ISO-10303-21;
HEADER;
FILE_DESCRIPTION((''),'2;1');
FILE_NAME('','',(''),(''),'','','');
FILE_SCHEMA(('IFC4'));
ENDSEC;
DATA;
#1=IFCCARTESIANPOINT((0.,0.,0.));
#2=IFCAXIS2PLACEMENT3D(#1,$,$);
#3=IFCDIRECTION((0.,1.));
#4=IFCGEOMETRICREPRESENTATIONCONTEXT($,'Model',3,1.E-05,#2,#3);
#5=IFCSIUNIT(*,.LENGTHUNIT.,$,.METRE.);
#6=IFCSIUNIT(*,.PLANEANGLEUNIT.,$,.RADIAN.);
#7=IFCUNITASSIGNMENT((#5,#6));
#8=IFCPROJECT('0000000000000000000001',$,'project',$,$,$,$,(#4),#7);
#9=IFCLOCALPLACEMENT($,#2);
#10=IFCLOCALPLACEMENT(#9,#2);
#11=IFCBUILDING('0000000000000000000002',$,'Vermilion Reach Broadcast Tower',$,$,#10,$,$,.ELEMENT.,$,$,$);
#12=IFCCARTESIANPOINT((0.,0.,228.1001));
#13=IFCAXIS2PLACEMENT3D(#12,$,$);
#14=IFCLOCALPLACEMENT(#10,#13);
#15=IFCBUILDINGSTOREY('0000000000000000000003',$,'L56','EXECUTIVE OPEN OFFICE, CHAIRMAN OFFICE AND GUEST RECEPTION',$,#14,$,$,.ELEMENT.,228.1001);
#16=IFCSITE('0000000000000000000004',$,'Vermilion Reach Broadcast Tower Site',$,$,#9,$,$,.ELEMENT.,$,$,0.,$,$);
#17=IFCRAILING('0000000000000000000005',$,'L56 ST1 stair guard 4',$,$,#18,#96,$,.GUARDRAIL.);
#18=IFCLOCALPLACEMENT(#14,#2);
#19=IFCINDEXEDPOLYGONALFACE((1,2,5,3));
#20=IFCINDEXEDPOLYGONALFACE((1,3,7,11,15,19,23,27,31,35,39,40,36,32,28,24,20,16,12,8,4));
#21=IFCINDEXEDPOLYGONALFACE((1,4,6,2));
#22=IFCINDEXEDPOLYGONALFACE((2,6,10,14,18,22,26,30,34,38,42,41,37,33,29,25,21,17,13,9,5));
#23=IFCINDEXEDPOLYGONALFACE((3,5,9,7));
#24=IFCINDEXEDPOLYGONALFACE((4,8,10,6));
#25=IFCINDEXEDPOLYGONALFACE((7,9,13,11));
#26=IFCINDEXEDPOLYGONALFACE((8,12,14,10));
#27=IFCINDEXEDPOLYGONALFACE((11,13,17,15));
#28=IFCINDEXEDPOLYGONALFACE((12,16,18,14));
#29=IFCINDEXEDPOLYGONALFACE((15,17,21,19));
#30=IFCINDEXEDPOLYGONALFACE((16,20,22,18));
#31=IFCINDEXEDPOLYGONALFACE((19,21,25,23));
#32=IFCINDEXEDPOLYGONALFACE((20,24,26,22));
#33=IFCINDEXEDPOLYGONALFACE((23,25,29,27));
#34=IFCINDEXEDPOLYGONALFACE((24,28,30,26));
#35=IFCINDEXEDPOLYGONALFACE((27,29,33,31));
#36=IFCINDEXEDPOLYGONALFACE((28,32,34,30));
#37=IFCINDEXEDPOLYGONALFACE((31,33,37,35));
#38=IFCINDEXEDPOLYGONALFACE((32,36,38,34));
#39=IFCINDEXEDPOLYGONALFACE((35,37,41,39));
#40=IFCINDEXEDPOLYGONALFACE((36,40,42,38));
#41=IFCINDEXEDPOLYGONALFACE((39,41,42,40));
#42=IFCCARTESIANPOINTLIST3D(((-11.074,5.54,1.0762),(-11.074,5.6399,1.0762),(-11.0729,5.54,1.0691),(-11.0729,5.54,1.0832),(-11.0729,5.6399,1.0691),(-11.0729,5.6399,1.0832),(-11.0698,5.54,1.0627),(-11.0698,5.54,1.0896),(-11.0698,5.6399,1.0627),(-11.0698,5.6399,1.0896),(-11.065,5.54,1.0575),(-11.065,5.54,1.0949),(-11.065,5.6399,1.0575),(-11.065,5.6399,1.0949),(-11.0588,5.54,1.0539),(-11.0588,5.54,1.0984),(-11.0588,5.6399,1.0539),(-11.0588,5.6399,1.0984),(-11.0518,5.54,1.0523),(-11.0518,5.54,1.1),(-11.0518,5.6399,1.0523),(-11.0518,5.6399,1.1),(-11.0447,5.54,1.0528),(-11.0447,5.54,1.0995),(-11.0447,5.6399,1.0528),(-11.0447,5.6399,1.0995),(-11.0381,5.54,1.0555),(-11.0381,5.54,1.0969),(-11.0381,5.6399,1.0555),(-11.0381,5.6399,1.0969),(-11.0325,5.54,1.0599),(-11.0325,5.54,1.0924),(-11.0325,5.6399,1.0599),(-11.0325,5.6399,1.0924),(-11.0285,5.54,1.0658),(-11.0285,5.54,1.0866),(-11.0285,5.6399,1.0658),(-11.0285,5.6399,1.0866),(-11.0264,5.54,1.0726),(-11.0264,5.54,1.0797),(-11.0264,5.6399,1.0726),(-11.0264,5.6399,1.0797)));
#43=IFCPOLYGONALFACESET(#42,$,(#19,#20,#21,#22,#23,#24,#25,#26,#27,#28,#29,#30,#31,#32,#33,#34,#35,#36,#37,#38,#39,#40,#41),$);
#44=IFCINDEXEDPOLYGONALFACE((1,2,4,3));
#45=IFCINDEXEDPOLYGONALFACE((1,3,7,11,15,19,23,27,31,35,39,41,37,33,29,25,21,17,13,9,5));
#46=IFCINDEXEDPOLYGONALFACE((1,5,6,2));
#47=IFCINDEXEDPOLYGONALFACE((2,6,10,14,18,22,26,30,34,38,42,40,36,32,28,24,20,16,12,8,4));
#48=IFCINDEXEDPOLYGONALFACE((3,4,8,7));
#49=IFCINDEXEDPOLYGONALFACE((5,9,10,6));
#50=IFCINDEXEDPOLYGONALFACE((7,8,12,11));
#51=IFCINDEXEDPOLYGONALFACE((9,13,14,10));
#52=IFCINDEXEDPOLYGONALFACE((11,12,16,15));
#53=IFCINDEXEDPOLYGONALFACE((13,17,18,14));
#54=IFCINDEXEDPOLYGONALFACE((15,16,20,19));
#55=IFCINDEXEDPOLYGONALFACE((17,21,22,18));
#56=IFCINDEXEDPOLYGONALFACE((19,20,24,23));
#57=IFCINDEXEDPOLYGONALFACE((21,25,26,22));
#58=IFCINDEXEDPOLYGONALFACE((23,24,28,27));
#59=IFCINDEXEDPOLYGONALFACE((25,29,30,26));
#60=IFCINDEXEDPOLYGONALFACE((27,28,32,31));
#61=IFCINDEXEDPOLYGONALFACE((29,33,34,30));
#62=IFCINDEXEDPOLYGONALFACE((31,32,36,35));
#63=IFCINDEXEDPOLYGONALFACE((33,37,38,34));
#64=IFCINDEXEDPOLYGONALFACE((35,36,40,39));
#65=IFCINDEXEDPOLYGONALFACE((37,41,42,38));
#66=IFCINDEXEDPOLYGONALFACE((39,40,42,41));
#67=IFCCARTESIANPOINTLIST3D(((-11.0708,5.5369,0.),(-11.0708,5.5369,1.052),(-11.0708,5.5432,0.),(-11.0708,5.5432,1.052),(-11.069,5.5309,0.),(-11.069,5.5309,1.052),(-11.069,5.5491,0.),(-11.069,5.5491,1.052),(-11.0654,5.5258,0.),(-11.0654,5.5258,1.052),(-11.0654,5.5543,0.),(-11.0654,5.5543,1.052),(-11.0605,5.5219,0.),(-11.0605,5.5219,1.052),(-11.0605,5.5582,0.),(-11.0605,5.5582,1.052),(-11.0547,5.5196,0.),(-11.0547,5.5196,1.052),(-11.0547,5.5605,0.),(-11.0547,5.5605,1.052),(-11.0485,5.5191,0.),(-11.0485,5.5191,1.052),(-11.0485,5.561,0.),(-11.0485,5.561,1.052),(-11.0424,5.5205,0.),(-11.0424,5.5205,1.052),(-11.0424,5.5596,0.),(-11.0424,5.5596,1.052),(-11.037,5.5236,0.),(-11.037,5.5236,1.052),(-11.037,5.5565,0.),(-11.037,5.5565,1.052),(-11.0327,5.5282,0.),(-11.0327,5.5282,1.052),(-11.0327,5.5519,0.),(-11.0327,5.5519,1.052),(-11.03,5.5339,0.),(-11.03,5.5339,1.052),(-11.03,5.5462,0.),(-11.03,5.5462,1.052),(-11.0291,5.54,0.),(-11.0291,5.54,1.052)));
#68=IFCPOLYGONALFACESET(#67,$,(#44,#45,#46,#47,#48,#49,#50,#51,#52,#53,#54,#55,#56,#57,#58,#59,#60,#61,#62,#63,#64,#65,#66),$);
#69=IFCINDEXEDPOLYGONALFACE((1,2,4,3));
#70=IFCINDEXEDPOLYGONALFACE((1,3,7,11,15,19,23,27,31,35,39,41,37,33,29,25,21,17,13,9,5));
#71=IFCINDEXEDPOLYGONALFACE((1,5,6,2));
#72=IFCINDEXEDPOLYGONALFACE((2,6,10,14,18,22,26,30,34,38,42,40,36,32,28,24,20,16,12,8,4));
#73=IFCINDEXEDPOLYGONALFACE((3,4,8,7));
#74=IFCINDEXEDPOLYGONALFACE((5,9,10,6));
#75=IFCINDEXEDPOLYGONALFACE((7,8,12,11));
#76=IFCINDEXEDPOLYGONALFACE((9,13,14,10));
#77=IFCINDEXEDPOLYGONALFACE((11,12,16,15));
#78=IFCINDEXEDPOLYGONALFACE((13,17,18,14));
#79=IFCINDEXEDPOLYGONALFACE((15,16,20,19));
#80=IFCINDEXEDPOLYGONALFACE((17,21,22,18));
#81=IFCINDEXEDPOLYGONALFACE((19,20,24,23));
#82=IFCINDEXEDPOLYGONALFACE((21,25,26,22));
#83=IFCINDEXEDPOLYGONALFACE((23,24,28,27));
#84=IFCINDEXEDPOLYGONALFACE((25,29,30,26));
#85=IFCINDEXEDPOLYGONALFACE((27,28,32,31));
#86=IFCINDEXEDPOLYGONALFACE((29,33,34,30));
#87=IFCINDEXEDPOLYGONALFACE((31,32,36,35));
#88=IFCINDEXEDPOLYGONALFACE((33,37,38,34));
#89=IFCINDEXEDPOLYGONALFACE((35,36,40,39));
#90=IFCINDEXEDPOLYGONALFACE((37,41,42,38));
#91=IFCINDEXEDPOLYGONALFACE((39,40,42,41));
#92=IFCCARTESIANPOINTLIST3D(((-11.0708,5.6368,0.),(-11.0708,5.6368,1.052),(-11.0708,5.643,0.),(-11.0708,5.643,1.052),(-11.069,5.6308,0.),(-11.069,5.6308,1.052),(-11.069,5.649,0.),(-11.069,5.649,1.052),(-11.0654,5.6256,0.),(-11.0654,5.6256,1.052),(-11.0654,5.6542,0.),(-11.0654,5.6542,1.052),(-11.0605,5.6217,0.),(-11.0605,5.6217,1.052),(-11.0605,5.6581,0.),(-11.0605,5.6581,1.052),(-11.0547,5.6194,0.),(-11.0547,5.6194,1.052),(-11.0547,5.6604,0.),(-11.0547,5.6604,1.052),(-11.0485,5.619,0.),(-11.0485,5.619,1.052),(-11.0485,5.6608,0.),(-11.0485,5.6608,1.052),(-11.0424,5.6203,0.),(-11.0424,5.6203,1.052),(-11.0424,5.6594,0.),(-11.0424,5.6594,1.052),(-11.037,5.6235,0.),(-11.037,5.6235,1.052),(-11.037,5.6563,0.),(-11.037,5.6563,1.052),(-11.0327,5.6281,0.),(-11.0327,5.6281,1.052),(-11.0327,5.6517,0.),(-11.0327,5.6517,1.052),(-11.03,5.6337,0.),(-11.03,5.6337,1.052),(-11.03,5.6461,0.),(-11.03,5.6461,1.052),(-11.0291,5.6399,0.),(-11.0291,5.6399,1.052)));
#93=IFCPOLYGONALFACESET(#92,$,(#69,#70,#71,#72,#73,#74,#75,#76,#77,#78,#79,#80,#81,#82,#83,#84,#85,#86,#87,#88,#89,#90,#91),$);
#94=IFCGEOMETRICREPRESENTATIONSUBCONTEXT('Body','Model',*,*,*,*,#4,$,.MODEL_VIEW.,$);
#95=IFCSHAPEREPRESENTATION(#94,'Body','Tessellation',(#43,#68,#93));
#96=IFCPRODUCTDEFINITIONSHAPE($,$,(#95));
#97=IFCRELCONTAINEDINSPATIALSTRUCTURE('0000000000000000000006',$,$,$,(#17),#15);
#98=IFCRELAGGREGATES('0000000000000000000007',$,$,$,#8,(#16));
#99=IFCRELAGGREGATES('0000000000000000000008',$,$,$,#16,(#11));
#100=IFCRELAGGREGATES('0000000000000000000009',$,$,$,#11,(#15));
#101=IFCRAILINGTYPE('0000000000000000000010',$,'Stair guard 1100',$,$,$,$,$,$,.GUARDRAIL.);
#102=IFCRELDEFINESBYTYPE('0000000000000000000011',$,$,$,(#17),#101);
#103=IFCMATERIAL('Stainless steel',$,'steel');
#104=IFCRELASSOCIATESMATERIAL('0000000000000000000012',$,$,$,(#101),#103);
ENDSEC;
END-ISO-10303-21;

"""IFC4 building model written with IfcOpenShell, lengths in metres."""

from ifc_helpers import new_model, si_unit, direction, frame, origin, origin_2d, place, context, subcontext, project, spatial, circle, extrude, material, type_object, element, save


model = new_model("IFC4")

# Units and contexts
model_context = context("Model", 3, precision=1e-05, world=origin(), true_north=direction((0.0, 1.0)))
body_context = subcontext(model_context, "Body", "Model", "MODEL_VIEW")
ifc_project = project(units=[si_unit("LENGTHUNIT", "METRE"), si_unit("PLANEANGLEUNIT", "RADIAN")], contexts=[model_context])

# Site, building, storey
site_placement = place(None, origin())
site = spatial("IfcSite", under=ifc_project, at=site_placement, Name="Vermilion Reach Broadcast Tower Site", CompositionType="ELEMENT", RefElevation=0.0)
building_placement = place(site_placement, origin())
building = spatial("IfcBuilding", under=site, at=building_placement, Name="Vermilion Reach Broadcast Tower", CompositionType="ELEMENT")
storey_placement = place(building_placement, frame((0.0, 0.0, 228.1001)))
storey = spatial("IfcBuildingStorey", under=building, at=storey_placement, Name="L56", Description="EXECUTIVE OPEN OFFICE, CHAIRMAN OFFICE AND GUEST RECEPTION", CompositionType="ELEMENT", Elevation=228.1001)

# Railing
ifc_material_1 = material(Name="Stainless steel", Category="steel")
railing_type_1 = type_object("IfcRailingType", Name="Stair guard 1100", PredefinedType="GUARDRAIL", material=ifc_material_1)
railing_1_placement = place(storey_placement, frame((-11.05, 5.54, 0.0)))
element("IfcRailing", 1, at=railing_1_placement, inside=storey, type_object=railing_type_1, Name="L56 ST1 stair guard 4", PredefinedType="GUARDRAIL", context=body_context, shape_type="SweptSolid", body=[
    extrude(circle(Radius=0.0239, at=origin_2d()), frame((0.0, 0.0, 1.0762), z_axis=(0.0, 1.0, 0.0), x_axis=(-1.0, 0.0, 0.0)), (0.0, 0.0, 1.0), 0.0999),
    extrude(circle(Radius=0.021, at=origin_2d()), origin(), (0.0, 0.0, 1.0), 1.052),
    extrude(circle(Radius=0.021, at=origin_2d()), frame((0.0, 0.0999, 0.0)), (0.0, 0.0, 1.0), 1.052),
])

save(model, "model.ifc")
